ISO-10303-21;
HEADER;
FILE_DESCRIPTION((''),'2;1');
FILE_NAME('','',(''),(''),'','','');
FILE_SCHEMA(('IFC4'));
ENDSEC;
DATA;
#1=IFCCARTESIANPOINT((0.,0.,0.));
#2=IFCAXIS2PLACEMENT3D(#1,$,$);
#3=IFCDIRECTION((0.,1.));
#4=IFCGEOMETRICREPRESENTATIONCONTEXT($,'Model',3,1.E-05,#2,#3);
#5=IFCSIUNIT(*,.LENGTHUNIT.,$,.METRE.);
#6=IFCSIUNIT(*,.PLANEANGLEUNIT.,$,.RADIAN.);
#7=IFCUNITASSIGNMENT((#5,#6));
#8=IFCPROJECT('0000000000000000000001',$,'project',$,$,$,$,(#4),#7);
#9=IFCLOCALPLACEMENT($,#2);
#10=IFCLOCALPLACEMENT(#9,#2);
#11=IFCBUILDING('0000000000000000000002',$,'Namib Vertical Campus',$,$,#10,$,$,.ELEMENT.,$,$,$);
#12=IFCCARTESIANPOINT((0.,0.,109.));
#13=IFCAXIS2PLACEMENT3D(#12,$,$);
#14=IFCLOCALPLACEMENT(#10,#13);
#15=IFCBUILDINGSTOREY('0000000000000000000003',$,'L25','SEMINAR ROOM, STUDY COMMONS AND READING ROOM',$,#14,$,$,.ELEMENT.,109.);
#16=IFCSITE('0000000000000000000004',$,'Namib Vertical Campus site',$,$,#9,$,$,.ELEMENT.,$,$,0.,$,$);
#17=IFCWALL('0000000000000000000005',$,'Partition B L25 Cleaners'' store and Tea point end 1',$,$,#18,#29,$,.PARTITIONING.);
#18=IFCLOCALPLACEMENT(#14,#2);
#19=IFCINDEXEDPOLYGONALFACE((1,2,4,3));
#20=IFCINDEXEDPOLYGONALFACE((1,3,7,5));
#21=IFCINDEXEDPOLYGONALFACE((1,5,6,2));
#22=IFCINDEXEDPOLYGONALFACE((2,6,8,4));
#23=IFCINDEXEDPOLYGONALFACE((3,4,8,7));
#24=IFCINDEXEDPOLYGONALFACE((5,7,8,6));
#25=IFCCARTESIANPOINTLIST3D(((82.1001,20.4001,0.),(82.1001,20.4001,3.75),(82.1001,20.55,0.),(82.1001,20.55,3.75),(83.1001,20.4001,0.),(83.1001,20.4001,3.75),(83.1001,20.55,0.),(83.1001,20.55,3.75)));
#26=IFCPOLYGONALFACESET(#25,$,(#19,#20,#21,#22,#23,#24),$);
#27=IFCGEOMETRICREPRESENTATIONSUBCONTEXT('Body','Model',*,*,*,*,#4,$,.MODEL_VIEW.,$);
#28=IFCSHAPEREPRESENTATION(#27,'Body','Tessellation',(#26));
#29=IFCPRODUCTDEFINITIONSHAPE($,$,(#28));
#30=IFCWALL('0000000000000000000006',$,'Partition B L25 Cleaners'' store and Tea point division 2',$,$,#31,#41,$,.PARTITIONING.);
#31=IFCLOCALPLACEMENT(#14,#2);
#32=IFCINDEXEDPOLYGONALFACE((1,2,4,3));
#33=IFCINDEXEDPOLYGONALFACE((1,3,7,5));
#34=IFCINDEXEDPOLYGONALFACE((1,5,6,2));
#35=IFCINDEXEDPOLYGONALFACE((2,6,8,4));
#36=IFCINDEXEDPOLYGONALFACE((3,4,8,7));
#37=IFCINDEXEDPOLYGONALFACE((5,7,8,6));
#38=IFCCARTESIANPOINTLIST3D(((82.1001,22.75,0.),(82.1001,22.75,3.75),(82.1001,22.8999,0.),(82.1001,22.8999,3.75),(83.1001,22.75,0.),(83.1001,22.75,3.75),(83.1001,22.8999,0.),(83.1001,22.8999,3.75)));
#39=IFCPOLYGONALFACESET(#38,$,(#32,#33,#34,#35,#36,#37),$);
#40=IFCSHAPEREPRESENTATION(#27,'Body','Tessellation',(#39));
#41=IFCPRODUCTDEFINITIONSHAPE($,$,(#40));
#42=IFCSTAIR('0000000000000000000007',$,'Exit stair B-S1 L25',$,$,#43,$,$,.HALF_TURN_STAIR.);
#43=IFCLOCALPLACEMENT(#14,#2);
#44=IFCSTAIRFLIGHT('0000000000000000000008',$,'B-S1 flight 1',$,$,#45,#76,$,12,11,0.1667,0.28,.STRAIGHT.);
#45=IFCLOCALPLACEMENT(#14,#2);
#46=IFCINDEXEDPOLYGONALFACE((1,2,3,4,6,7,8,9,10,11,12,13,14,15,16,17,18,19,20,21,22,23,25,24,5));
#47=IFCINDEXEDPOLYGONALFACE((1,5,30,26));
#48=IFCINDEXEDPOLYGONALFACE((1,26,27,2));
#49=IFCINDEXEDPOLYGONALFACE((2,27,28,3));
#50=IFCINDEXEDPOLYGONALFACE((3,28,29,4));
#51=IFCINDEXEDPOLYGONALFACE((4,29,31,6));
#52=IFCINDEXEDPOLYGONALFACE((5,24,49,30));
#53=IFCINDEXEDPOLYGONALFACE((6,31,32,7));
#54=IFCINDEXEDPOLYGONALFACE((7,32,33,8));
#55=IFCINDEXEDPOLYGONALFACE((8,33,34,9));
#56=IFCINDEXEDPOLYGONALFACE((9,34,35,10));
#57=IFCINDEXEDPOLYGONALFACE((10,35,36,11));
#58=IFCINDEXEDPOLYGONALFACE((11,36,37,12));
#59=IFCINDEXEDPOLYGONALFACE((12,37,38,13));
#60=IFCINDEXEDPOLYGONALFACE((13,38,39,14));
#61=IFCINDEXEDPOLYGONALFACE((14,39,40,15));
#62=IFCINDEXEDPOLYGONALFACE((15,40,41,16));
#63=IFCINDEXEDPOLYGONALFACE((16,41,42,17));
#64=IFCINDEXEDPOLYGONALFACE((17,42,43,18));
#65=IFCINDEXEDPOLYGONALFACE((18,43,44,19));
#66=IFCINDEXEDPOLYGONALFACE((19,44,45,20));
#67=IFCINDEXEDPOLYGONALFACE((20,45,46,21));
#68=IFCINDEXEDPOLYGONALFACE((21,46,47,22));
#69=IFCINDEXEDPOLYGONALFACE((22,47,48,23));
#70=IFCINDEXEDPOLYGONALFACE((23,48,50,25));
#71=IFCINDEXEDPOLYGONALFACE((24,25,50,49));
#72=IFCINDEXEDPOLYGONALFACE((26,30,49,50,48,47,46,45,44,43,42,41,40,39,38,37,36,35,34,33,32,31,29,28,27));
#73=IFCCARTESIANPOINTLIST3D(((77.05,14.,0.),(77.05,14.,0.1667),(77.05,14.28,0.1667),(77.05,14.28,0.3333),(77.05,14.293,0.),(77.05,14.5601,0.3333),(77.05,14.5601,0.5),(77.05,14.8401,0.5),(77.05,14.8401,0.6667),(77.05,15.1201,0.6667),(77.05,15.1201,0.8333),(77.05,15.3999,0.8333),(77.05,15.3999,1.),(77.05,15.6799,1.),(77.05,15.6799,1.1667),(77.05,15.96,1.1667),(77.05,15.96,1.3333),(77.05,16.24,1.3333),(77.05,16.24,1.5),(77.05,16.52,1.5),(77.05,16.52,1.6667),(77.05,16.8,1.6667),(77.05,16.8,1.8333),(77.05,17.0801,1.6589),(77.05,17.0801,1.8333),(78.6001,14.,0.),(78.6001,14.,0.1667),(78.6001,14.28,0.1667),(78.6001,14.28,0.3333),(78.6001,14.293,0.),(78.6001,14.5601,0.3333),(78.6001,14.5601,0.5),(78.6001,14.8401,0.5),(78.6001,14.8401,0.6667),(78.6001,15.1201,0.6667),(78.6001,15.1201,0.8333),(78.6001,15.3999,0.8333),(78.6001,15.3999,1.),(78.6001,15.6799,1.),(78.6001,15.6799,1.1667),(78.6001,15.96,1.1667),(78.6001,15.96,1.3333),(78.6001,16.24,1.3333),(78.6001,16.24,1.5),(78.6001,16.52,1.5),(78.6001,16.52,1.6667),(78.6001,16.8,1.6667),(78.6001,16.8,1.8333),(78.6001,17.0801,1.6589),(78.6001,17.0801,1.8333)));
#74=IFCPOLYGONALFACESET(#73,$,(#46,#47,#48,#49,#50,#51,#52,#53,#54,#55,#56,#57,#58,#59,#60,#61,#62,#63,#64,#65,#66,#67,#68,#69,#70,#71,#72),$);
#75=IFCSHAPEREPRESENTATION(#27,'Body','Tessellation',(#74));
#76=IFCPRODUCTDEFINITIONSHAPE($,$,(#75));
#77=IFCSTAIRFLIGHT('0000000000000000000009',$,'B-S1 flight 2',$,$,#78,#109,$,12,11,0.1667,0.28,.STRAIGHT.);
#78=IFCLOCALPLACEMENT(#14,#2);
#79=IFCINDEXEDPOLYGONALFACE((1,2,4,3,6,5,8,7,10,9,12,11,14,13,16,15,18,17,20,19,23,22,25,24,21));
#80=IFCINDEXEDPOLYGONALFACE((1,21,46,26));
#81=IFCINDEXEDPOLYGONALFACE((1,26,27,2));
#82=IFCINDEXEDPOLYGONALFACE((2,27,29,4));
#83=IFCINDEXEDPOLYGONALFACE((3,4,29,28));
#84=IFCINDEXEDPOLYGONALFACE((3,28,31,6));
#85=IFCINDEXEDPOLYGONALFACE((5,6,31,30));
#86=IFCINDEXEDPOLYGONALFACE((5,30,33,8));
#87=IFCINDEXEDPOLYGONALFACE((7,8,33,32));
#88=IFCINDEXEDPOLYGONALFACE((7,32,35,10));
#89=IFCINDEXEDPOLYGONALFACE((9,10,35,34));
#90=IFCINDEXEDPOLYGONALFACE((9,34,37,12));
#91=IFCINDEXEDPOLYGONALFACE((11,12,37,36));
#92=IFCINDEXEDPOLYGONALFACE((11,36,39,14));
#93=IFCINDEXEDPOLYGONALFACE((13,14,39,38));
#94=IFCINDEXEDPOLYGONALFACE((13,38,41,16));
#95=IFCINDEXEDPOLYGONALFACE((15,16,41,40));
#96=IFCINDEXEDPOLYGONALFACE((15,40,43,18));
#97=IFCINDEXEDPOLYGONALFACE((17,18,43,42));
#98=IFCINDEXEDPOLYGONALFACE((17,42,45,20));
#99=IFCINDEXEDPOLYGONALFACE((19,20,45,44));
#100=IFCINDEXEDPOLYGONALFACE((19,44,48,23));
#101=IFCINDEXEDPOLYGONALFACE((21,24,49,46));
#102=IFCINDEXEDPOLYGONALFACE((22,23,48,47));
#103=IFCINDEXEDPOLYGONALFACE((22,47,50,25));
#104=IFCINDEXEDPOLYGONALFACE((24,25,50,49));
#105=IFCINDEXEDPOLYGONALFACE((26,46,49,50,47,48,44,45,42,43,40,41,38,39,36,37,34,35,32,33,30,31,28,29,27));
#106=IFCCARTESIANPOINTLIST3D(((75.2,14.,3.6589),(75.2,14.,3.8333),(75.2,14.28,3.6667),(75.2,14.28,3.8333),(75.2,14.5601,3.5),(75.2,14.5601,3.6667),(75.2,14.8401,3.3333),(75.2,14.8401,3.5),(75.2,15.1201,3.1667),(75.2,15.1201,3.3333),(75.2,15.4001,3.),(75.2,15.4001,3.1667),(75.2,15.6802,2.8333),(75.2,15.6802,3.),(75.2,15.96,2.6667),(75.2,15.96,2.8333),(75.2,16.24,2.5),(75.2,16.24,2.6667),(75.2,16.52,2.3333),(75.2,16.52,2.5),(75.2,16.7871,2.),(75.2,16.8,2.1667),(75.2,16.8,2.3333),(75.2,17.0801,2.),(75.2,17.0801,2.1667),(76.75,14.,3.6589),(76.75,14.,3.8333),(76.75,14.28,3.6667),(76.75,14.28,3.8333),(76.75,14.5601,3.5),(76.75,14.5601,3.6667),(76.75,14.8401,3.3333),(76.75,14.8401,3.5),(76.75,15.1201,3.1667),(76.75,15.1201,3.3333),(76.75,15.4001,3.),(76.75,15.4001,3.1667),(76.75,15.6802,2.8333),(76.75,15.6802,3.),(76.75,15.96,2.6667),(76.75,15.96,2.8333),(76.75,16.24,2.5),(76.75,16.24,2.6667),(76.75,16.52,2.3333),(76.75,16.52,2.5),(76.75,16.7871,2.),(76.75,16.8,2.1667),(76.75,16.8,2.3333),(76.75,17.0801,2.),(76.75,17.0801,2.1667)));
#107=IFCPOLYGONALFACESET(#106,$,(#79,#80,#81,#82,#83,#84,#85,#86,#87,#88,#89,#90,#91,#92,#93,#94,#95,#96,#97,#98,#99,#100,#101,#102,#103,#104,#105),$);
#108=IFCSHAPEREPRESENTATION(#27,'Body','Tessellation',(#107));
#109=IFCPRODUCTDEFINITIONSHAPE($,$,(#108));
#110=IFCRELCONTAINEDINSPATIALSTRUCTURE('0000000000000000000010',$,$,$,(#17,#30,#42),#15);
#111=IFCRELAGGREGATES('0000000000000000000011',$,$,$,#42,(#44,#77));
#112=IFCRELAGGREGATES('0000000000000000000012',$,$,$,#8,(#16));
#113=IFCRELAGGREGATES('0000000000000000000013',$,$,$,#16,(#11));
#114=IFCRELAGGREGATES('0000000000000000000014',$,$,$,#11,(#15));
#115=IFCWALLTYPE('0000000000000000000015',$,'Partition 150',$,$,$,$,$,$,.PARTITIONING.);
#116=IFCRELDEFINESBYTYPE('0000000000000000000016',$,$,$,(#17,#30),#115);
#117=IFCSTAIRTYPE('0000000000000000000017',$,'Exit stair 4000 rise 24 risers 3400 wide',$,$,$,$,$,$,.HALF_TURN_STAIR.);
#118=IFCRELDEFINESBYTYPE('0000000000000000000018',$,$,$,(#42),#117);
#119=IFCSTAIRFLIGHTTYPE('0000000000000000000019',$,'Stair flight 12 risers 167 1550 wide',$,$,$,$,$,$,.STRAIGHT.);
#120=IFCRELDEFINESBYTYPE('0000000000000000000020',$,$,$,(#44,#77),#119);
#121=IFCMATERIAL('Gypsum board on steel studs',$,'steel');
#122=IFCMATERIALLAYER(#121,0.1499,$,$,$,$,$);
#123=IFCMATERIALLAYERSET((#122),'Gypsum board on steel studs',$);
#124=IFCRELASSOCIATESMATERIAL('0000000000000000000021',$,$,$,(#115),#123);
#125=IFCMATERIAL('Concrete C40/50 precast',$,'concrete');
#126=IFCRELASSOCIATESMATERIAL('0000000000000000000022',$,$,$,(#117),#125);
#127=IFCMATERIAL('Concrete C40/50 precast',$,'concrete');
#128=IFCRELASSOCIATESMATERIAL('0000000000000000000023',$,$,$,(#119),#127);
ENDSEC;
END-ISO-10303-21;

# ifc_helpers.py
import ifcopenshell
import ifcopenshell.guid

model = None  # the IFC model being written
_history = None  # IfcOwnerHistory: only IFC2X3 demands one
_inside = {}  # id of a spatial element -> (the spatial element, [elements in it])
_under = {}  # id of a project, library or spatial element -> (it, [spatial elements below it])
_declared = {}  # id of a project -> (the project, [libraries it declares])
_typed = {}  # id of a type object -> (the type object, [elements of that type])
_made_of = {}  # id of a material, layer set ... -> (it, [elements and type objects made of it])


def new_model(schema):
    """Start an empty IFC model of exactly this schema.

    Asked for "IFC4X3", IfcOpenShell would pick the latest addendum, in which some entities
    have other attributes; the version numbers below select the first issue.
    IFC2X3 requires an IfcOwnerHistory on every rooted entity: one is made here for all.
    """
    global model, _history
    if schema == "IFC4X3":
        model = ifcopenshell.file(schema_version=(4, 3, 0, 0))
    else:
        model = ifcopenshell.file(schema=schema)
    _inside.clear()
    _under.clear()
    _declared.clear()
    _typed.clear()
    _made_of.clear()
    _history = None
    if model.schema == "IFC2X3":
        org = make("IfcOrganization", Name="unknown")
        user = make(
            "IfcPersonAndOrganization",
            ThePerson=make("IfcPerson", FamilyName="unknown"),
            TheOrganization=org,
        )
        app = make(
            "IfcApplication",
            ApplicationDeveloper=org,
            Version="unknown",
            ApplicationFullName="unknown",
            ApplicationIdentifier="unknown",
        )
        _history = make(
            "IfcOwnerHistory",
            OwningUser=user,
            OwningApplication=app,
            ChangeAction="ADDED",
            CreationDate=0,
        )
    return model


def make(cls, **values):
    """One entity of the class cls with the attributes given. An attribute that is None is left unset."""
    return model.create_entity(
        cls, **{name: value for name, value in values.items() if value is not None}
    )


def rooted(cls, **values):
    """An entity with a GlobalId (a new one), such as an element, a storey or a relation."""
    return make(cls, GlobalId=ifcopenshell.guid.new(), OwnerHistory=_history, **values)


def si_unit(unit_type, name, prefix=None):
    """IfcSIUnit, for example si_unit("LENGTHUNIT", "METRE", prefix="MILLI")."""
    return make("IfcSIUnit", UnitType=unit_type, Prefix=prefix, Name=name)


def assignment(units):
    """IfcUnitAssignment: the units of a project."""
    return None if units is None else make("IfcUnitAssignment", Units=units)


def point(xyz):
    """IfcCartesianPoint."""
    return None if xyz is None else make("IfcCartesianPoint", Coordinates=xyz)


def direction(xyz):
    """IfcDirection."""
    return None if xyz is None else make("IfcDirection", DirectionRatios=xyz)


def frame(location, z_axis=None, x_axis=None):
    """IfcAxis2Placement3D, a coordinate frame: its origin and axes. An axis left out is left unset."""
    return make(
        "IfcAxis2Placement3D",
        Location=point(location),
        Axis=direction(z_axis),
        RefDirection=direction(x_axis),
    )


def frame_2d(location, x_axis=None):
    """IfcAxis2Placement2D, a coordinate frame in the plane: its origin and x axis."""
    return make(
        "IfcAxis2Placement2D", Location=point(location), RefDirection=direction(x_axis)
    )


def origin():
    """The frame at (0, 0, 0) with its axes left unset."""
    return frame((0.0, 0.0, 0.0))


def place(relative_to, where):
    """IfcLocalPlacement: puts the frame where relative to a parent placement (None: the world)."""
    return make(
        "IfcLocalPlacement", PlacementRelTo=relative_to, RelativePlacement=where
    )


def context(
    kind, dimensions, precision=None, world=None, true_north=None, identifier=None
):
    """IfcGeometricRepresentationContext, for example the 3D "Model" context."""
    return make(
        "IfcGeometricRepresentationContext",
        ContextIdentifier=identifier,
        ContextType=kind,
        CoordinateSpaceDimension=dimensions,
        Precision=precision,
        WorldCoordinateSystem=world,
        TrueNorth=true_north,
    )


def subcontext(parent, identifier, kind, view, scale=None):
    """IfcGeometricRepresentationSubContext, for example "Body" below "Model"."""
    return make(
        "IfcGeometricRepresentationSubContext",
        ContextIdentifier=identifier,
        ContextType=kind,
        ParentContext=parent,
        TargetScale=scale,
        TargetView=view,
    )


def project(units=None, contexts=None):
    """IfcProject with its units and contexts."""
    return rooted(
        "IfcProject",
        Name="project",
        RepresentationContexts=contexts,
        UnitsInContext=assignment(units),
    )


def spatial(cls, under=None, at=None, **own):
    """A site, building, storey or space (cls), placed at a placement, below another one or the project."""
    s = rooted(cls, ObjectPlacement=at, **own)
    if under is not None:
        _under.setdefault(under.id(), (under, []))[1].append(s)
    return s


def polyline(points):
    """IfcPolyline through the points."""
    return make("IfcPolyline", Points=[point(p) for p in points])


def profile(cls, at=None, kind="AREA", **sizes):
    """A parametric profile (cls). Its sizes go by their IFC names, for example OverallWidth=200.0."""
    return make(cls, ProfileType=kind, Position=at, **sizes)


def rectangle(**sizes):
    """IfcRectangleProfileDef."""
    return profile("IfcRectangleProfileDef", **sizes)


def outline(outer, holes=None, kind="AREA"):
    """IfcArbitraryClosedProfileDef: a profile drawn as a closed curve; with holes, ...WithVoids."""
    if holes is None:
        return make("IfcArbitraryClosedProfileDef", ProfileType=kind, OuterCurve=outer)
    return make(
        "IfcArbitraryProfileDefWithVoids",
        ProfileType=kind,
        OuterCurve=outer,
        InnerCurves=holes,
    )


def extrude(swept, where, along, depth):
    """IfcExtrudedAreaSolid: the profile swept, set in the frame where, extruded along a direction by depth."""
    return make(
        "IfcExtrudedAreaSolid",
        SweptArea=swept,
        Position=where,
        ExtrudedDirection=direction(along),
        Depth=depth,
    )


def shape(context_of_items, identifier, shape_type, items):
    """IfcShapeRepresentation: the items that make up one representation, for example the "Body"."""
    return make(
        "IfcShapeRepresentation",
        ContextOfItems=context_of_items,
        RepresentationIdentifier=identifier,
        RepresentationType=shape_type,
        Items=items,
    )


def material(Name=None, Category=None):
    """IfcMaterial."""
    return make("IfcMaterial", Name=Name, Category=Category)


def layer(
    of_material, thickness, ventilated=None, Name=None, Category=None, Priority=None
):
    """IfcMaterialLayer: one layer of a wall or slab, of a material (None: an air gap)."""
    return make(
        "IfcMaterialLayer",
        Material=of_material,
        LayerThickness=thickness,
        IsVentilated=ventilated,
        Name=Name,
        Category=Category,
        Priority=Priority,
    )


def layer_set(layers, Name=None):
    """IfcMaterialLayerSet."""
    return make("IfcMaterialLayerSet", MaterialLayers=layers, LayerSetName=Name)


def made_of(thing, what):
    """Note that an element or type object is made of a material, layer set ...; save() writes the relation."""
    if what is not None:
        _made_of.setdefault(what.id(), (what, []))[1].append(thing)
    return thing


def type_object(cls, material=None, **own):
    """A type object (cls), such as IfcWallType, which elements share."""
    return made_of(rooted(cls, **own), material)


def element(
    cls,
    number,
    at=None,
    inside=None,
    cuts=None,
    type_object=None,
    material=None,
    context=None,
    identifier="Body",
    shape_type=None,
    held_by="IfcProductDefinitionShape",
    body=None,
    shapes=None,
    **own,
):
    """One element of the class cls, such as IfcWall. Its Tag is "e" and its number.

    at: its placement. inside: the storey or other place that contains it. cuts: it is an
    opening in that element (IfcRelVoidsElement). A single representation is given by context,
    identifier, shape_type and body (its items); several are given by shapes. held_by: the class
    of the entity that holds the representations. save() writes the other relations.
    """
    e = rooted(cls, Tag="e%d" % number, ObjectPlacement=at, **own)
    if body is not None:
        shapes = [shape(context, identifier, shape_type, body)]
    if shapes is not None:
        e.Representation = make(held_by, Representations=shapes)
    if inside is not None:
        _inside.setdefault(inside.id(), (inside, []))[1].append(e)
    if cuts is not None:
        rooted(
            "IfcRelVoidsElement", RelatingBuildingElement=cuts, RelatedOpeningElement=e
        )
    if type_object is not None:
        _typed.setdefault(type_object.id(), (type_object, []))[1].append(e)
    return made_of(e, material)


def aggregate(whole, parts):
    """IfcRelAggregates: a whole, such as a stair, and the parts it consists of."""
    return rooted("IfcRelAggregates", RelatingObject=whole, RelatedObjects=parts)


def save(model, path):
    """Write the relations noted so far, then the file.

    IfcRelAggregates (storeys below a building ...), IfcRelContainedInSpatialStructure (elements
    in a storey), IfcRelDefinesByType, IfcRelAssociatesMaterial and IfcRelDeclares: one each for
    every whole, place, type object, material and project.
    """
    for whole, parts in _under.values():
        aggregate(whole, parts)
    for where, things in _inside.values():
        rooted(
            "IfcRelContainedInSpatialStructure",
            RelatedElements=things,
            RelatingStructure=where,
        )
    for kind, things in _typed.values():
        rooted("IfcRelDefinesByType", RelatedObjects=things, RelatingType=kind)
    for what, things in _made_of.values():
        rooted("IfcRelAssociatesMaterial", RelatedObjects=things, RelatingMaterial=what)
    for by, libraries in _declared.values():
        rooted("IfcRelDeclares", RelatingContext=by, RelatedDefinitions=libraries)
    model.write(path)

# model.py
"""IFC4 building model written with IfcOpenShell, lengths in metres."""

from ifc_helpers import new_model, si_unit, direction, frame, frame_2d, origin, place, context, subcontext, project, spatial, polyline, rectangle, outline, extrude, material, layer, layer_set, type_object, element, aggregate, save


model = new_model("IFC4")

# Units and contexts
model_context = context("Model", 3, precision=1e-05, world=origin(), true_north=direction((0.0, 1.0)))
body_context = subcontext(model_context, "Body", "Model", "MODEL_VIEW")
ifc_project = project(units=[si_unit("LENGTHUNIT", "METRE"), si_unit("PLANEANGLEUNIT", "RADIAN")], contexts=[model_context])

# Site, building, storey
site_placement = place(None, origin())
site = spatial("IfcSite", under=ifc_project, at=site_placement, Name="Namib Vertical Campus site", CompositionType="ELEMENT", RefElevation=0.0)
building_placement = place(site_placement, origin())
building = spatial("IfcBuilding", under=site, at=building_placement, Name="Namib Vertical Campus", CompositionType="ELEMENT")
storey_placement = place(building_placement, frame((0.0, 0.0, 109.0)))
storey = spatial("IfcBuildingStorey", under=building, at=storey_placement, Name="L25", Description="SEMINAR ROOM, STUDY COMMONS AND READING ROOM", CompositionType="ELEMENT", Elevation=109.0)

# Shared definitions
ifc_material_1 = material(Name="Gypsum board on steel studs", Category="steel")
ifc_layer_1 = layer(ifc_material_1, 0.1499)
ifc_layer_set_1 = layer_set([ifc_layer_1], Name="Gypsum board on steel studs")
wall_type_1 = type_object("IfcWallType", Name="Partition 150", PredefinedType="PARTITIONING", material=ifc_layer_set_1)

# Walls
for number, where, z_axis, x_axis, name in (
    (1, (82.1001, 20.4751, 0.0), (0.0, 0.0, 1.0), (1.0, 0.0, 0.0), "Partition B L25 Cleaners' store and Tea point end 1"),
    (2, (82.1001, 22.825, 0.0), (0.0, 0.0, 1.0), (1.0, 0.0, 0.0), "Partition B L25 Cleaners' store and Tea point division 2"),
):
    element("IfcWall", number, at=place(storey_placement, frame(where, z_axis=z_axis, x_axis=x_axis)), inside=storey, type_object=wall_type_1, Name=name, PredefinedType="PARTITIONING", context=body_context, shape_type="SweptSolid", body=[
        extrude(rectangle(XDim=1.0, YDim=0.1499, at=frame_2d((0.5, 0.0))), origin(), (0.0, 0.0, 1.0), 3.75),
    ])

# Stair, stair flights
ifc_material_2 = material(Name="Concrete C40/50 precast", Category="concrete")
stair_type = type_object("IfcStairType", Name="Exit stair 4000 rise 24 risers 3400 wide", PredefinedType="HALF_TURN_STAIR", material=ifc_material_2)
stair_placement = place(storey_placement, origin())
stair = element("IfcStair", 3, at=stair_placement, inside=storey, type_object=stair_type, Name="Exit stair B-S1 L25", PredefinedType="HALF_TURN_STAIR")
ifc_material_3 = material(Name="Concrete C40/50 precast", Category="concrete")
stair_flight_type = type_object("IfcStairFlightType", Name="Stair flight 12 risers 167 1550 wide", PredefinedType="STRAIGHT", material=ifc_material_3)
stair_flight_1_placement = place(storey_placement, frame((77.825, 14.0, 0.0), z_axis=(0.0, 0.0, 1.0), x_axis=(0.0, 1.0, 0.0)))
stair_flight_1 = element("IfcStairFlight", 4, at=stair_flight_1_placement, type_object=stair_flight_type, Name="B-S1 flight 1", NumberOfRisers=12, NumberOfTreads=11, PredefinedType="STRAIGHT", RiserHeight=0.1667, TreadLength=0.28, context=body_context, shape_type="SweptSolid", body=[
    extrude(outline(polyline([(0.0, 0.0), (0.0, 0.1667), (0.28, 0.1667), (0.28, 0.3333), (0.5601, 0.3333), (0.5601, 0.5), (0.8401, 0.5), (0.8401, 0.6667), (1.1201, 0.6667), (1.1201, 0.8333), (1.3999, 0.8333), (1.3999, 1.0), (1.6799, 1.0), (1.6799, 1.1667), (1.96, 1.1667), (1.96, 1.3333), (2.24, 1.3333), (2.24, 1.5), (2.52, 1.5), (2.52, 1.6667), (2.8, 1.6667), (2.8, 1.8333), (3.0801, 1.8333), (3.0801, 2.0), (3.0801, 1.6589), (0.293, 0.0), (0.0, 0.0)])), frame((0.0, 0.7749, 0.0), z_axis=(0.0, -1.0, 0.0), x_axis=(1.0, 0.0, 0.0)), (0.0, 0.0, 1.0), 1.55),
])
stair_flight_2_placement = place(storey_placement, frame((75.9751, 17.0801, 2.0), z_axis=(0.0, 0.0, 1.0), x_axis=(0.0, -1.0, 0.0)))
stair_flight_2 = element("IfcStairFlight", 5, at=stair_flight_2_placement, type_object=stair_flight_type, Name="B-S1 flight 2", NumberOfRisers=12, NumberOfTreads=11, PredefinedType="STRAIGHT", RiserHeight=0.1667, TreadLength=0.28, context=body_context, shape_type="SweptSolid", body=[
    extrude(outline(polyline([(0.0, 0.0), (0.0, 0.1667), (0.28, 0.1667), (0.28, 0.3333), (0.5601, 0.3333), (0.5601, 0.5), (0.8401, 0.5), (0.8401, 0.6667), (1.1201, 0.6667), (1.1201, 0.8333), (1.3999, 0.8333), (1.3999, 1.0), (1.6799, 1.0), (1.6799, 1.1667), (1.96, 1.1667), (1.96, 1.3333), (2.24, 1.3333), (2.24, 1.5), (2.52, 1.5), (2.52, 1.6667), (2.8, 1.6667), (2.8, 1.8333), (3.0801, 1.8333), (3.0801, 2.0), (3.0801, 1.6589), (0.293, 0.0), (0.0, 0.0)])), frame((0.0, 0.7749, 0.0), z_axis=(0.0, -1.0, 0.0), x_axis=(1.0, 0.0, 0.0)), (0.0, 0.0, 1.0), 1.55),
])
aggregate(stair, [stair_flight_1, stair_flight_2])

save(model, "model.ifc")
